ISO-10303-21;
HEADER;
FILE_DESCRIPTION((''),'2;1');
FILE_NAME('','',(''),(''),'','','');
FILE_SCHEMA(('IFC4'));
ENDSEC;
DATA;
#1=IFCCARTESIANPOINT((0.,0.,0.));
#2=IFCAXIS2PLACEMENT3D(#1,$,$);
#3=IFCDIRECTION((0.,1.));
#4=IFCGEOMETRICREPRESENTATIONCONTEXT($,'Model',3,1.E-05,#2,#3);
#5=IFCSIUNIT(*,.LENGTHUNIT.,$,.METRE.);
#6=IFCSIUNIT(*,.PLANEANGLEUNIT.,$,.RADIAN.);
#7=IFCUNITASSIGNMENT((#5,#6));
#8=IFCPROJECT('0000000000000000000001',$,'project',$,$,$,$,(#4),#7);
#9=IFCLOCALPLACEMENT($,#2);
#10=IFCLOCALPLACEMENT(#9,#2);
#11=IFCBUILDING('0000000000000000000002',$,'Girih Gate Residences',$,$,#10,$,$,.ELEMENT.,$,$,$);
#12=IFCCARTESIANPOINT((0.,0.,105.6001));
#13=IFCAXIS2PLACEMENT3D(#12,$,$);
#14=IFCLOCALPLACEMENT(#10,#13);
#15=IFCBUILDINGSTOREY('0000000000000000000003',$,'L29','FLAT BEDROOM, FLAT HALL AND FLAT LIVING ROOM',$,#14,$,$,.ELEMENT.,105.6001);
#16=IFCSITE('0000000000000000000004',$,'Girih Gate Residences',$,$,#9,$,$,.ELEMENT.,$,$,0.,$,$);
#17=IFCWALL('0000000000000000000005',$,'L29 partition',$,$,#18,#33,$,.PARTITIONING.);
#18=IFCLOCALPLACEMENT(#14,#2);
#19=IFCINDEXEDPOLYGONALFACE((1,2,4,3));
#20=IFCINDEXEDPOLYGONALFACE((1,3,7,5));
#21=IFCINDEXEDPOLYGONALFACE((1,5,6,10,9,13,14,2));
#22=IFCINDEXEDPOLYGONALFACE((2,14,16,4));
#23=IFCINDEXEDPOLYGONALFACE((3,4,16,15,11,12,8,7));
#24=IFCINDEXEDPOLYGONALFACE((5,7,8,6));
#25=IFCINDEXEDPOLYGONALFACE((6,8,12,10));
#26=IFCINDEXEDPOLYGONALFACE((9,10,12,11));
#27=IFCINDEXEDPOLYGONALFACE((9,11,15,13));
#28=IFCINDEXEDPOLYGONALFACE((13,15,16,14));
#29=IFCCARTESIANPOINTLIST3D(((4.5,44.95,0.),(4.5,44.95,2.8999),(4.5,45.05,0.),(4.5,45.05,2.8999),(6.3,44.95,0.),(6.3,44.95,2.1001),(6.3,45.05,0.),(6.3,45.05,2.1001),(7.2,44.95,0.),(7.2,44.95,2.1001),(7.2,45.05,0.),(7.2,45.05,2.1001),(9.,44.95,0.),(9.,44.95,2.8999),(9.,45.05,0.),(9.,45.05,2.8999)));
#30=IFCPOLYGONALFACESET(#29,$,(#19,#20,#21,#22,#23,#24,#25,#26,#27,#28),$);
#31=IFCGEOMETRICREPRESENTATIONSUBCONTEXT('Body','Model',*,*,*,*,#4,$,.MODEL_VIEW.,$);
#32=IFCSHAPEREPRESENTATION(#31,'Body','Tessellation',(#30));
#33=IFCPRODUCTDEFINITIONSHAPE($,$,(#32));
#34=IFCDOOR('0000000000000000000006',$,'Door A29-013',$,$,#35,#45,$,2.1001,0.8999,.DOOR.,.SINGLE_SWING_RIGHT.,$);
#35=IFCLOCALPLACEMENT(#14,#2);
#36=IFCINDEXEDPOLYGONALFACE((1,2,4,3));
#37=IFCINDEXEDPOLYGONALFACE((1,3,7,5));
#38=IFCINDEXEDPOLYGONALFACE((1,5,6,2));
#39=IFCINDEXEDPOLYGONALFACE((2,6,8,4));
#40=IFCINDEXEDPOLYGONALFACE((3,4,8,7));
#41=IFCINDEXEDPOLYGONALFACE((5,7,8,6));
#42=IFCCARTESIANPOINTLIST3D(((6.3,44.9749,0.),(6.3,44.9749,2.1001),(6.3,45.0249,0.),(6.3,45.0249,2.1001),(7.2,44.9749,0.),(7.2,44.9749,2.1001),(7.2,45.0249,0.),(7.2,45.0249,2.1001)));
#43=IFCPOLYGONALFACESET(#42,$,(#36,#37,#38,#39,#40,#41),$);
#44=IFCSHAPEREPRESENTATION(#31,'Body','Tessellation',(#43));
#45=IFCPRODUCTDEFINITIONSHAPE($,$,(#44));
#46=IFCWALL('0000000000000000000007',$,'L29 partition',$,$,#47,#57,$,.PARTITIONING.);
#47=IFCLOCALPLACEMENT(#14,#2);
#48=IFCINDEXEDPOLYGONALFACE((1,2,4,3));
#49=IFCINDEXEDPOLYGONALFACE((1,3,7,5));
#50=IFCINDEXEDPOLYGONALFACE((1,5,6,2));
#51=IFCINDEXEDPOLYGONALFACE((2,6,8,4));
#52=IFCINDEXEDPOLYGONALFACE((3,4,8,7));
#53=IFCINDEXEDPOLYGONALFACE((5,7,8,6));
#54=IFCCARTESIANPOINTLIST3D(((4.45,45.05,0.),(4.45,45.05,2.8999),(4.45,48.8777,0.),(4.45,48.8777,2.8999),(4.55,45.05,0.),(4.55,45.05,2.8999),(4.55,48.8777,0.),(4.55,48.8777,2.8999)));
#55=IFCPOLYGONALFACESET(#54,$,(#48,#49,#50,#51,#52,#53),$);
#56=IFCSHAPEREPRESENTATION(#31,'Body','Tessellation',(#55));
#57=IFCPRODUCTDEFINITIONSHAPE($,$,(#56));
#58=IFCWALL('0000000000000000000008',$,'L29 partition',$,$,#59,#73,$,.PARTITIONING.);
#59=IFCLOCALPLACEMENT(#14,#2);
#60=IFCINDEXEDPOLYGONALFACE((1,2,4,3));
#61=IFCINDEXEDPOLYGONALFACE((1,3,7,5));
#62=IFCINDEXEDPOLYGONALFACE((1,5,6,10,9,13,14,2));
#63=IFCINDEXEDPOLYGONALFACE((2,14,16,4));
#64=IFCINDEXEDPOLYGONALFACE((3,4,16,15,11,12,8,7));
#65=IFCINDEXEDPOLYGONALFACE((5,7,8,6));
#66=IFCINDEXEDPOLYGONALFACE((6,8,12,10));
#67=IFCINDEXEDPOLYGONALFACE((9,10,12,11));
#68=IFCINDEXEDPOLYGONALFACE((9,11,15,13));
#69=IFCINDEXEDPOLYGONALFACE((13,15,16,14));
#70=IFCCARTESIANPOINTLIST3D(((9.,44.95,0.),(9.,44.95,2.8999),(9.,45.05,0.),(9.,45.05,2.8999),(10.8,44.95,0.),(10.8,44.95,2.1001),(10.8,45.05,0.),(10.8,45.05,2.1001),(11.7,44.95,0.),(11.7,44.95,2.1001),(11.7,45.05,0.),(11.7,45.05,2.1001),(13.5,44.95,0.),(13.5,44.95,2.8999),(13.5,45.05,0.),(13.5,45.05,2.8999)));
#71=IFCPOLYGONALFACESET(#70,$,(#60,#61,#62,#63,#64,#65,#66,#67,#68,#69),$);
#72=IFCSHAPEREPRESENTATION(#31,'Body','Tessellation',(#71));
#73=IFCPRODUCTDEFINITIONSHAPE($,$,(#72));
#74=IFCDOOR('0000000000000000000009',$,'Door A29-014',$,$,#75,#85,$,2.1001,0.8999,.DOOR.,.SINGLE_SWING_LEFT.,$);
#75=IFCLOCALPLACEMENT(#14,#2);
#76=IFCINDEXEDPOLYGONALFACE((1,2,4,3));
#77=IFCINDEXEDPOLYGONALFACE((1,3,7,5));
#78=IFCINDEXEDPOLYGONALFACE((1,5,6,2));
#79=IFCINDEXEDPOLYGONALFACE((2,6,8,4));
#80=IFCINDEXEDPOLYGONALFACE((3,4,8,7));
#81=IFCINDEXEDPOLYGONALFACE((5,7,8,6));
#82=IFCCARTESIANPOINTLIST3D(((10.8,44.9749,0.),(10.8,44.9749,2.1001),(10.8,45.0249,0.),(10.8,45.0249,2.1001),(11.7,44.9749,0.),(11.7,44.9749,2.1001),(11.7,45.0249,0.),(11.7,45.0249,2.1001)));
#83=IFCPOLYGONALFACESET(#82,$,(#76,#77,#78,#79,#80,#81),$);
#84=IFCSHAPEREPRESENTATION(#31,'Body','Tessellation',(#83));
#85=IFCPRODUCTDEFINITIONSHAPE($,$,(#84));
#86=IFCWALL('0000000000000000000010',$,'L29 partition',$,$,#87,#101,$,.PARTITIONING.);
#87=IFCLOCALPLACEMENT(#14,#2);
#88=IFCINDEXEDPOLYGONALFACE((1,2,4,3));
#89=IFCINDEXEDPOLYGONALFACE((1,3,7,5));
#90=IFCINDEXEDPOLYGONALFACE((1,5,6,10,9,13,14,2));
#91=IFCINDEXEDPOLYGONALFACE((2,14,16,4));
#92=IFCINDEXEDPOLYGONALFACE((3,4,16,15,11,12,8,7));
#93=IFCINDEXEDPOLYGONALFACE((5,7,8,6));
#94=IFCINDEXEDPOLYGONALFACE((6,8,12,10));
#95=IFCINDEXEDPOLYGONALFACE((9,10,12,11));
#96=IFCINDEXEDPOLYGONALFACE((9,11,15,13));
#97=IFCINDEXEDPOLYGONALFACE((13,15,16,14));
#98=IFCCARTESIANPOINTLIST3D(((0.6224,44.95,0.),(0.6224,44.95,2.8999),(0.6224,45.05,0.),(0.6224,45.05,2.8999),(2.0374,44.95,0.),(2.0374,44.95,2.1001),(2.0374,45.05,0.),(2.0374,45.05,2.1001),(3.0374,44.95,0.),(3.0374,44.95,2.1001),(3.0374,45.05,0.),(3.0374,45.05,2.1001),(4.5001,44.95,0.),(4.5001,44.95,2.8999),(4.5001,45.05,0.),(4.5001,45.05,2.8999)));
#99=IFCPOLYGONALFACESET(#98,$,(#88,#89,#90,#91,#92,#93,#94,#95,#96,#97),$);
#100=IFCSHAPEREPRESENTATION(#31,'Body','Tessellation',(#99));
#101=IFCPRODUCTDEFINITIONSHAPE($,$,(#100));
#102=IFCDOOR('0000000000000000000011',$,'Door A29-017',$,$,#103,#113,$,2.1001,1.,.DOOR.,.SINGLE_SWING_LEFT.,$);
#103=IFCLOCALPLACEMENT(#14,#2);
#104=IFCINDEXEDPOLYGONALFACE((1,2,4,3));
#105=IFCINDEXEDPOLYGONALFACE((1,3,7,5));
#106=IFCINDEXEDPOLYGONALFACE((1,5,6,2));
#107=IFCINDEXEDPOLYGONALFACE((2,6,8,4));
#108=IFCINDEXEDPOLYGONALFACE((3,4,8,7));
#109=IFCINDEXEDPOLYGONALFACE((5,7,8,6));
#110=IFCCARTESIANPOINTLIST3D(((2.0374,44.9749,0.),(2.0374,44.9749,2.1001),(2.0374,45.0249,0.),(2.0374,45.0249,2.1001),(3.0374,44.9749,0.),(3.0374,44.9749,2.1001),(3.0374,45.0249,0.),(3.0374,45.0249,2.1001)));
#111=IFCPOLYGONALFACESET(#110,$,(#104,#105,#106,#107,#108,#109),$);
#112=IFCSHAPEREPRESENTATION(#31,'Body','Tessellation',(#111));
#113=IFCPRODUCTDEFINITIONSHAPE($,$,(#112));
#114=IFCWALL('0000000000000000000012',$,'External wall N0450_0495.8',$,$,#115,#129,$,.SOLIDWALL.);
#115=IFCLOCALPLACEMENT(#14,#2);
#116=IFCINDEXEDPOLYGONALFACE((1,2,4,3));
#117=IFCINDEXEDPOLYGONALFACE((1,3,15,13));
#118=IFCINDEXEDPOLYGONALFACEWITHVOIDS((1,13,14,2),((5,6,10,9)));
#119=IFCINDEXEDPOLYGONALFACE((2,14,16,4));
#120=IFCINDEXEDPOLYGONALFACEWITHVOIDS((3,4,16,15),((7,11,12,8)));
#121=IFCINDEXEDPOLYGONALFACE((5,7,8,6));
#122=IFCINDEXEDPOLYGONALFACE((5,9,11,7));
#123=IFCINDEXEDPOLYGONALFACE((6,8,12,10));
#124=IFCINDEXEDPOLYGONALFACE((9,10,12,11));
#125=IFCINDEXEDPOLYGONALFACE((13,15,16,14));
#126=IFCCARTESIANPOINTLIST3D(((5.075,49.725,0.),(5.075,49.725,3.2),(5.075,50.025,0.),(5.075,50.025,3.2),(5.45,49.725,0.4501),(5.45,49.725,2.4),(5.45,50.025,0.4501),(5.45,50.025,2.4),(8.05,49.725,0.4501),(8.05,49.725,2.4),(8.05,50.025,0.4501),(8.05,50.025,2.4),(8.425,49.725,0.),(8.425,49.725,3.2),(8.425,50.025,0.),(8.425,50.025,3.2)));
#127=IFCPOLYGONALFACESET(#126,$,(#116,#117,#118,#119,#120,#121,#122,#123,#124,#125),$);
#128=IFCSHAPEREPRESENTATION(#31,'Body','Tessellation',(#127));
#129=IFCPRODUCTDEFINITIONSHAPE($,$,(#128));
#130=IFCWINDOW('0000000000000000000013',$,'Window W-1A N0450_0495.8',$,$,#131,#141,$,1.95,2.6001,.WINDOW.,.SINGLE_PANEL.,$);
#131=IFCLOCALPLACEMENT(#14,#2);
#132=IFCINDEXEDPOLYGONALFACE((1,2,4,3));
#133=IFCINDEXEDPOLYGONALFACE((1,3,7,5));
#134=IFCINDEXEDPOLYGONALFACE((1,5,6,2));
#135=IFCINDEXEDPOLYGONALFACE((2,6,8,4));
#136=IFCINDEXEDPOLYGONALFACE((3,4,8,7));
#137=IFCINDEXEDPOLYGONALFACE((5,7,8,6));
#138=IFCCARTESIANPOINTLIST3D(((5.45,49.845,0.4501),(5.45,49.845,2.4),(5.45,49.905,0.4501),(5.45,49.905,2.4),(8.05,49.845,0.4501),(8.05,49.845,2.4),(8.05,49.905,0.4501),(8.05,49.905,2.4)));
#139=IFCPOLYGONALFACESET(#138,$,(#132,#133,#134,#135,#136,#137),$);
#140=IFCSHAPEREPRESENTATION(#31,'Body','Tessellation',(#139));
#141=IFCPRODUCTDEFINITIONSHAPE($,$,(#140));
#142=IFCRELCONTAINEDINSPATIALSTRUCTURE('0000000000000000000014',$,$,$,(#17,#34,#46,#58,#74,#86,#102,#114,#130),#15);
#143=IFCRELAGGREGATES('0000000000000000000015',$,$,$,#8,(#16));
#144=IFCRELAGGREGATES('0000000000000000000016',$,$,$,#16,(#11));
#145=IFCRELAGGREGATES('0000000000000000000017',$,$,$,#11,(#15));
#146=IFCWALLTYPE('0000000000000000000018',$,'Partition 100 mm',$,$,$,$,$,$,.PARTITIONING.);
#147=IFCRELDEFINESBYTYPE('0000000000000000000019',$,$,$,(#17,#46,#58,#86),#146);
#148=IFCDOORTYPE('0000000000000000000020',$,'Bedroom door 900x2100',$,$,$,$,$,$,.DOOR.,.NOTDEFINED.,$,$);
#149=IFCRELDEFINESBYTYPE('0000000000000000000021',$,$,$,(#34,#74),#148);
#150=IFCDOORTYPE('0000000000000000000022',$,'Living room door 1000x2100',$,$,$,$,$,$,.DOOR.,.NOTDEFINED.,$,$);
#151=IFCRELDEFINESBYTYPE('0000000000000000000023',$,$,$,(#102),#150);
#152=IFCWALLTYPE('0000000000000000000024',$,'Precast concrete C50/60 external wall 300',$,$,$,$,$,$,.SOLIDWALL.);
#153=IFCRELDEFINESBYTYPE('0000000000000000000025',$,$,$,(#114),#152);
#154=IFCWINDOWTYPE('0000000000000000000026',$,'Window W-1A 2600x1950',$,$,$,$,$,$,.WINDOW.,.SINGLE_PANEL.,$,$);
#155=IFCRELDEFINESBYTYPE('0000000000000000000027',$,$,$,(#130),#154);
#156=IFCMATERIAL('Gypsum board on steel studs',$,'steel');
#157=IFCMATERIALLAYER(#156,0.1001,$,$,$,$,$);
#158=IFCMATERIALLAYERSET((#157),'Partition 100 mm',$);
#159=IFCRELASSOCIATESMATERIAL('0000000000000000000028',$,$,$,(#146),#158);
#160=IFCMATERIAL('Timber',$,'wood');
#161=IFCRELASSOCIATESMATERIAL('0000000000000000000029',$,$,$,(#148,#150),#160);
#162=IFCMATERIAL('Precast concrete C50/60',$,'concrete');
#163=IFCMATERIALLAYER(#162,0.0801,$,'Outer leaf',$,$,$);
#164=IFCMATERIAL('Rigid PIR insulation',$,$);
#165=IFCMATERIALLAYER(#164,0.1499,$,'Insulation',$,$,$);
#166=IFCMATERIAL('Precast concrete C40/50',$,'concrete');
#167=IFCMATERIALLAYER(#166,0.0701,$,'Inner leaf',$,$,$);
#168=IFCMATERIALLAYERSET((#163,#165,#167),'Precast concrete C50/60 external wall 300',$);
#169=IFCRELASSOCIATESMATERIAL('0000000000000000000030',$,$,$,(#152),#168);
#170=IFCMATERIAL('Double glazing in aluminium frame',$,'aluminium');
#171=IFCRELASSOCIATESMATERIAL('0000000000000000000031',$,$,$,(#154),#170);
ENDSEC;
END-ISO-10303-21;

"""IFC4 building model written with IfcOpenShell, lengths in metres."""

from ifc_helpers import new_model, si_unit, direction, frame, frame_2d, origin, place, context, subcontext, project, spatial, rectangle, extrude, material, layer, layer_set, type_object, element, fill, save


model = new_model("IFC4")

# Units and contexts
model_context = context("Model", 3, precision=1e-05, world=origin(), true_north=direction((0.0, 1.0)))
body_context = subcontext(model_context, "Body", "Model", "MODEL_VIEW")
ifc_project = project(units=[si_unit("LENGTHUNIT", "METRE"), si_unit("PLANEANGLEUNIT", "RADIAN")], contexts=[model_context])

# Site, building, storey
site_placement = place(None, origin())
site = spatial("IfcSite", under=ifc_project, at=site_placement, Name="Girih Gate Residences", CompositionType="ELEMENT", RefElevation=0.0)
building_placement = place(site_placement, origin())
building = spatial("IfcBuilding", under=site, at=building_placement, Name="Girih Gate Residences", CompositionType="ELEMENT")
storey_placement = place(building_placement, frame((0.0, 0.0, 105.6001)))
storey = spatial("IfcBuildingStorey", under=building, at=storey_placement, Name="L29", Description="FLAT BEDROOM, FLAT HALL AND FLAT LIVING ROOM", CompositionType="ELEMENT", Elevation=105.6001)

# Shared definitions
ifc_material_1 = material(Name="Gypsum board on steel studs", Category="steel")

# Shared definitions
ifc_layer_1 = layer(ifc_material_1, 0.1001)
ifc_layer_set_1 = layer_set([ifc_layer_1], Name="Partition 100 mm")
wall_type_1 = type_object("IfcWallType", Name="Partition 100 mm", PredefinedType="PARTITIONING", material=ifc_layer_set_1)

# Wall, opening, door
wall_1_placement = place(storey_placement, frame((4.5, 45.0, 0.0), z_axis=(0.0, 0.0, 1.0), x_axis=(1.0, 0.0, 0.0)))
wall_1 = element("IfcWall", 1, at=wall_1_placement, inside=storey, type_object=wall_type_1, Name="L29 partition", PredefinedType="PARTITIONING", context=body_context, shape_type="SweptSolid", body=[
    extrude(rectangle(XDim=4.5, YDim=0.1001, at=frame_2d((2.25, 0.0))), origin(), (0.0, 0.0, 1.0), 2.8999),
])
opening_1_placement = place(wall_1_placement, frame((1.8, 0.0, 0.0)))
opening_1 = element("IfcOpeningElement", 2, at=opening_1_placement, cuts=wall_1, PredefinedType="OPENING", context=body_context, shape_type="SweptSolid", body=[
    extrude(rectangle(XDim=0.8999, YDim=2.1001, at=frame_2d((0.45, 1.05))), frame((0.0, 0.0601, 0.0), z_axis=(0.0, -1.0, 0.0), x_axis=(1.0, 0.0, 0.0)), (0.0, 0.0, 1.0), 0.1201),
])
ifc_material_2 = material(Name="Timber", Category="wood")
door_type_1 = type_object("IfcDoorType", Name="Bedroom door 900x2100", OperationType="NOTDEFINED", PredefinedType="DOOR", material=ifc_material_2)
door_1_placement = place(opening_1_placement, origin())
door_1 = element("IfcDoor", 3, at=door_1_placement, inside=storey, type_object=door_type_1, Name="Door A29-013", OperationType="SINGLE_SWING_RIGHT", OverallHeight=2.1001, OverallWidth=0.8999, PredefinedType="DOOR", context=body_context, shape_type="SweptSolid", body=[
    extrude(rectangle(XDim=0.8999, YDim=2.1001, at=frame_2d((0.45, 1.05))), frame((0.0, 0.0249, 0.0), z_axis=(0.0, -1.0, 0.0), x_axis=(1.0, 0.0, 0.0)), (0.0, 0.0, 1.0), 0.05),
])
fill(opening_1, door_1)

# Wall
wall_2_placement = place(storey_placement, frame((4.5, 45.05, 0.0), z_axis=(0.0, 0.0, 1.0), x_axis=(0.0, 1.0, 0.0)))
element("IfcWall", 4, at=wall_2_placement, inside=storey, type_object=wall_type_1, Name="L29 partition", PredefinedType="PARTITIONING", context=body_context, shape_type="SweptSolid", body=[
    extrude(rectangle(XDim=3.8276, YDim=0.1001, at=frame_2d((1.9138, 0.0))), origin(), (0.0, 0.0, 1.0), 2.8999),
])

# Walls, openings, doors
wall_3_placement = place(storey_placement, frame((9.0, 45.0, 0.0), z_axis=(0.0, 0.0, 1.0), x_axis=(1.0, 0.0, 0.0)))
wall_3 = element("IfcWall", 5, at=wall_3_placement, inside=storey, type_object=wall_type_1, Name="L29 partition", PredefinedType="PARTITIONING", context=body_context, shape_type="SweptSolid", body=[
    extrude(rectangle(XDim=4.5, YDim=0.1001, at=frame_2d((2.25, 0.0))), origin(), (0.0, 0.0, 1.0), 2.8999),
])
opening_2_placement = place(wall_3_placement, frame((1.8, 0.0, 0.0)))
opening_2 = element("IfcOpeningElement", 6, at=opening_2_placement, cuts=wall_3, PredefinedType="OPENING", context=body_context, shape_type="SweptSolid", body=[
    extrude(rectangle(XDim=0.8999, YDim=2.1001, at=frame_2d((0.45, 1.05))), frame((0.0, 0.0601, 0.0), z_axis=(0.0, -1.0, 0.0), x_axis=(1.0, 0.0, 0.0)), (0.0, 0.0, 1.0), 0.1201),
])
door_2_placement = place(opening_2_placement, origin())
door_2 = element("IfcDoor", 7, at=door_2_placement, inside=storey, type_object=door_type_1, Name="Door A29-014", OperationType="SINGLE_SWING_LEFT", OverallHeight=2.1001, OverallWidth=0.8999, PredefinedType="DOOR", context=body_context, shape_type="SweptSolid", body=[
    extrude(rectangle(XDim=0.8999, YDim=2.1001, at=frame_2d((0.45, 1.05))), frame((0.0, 0.0249, 0.0), z_axis=(0.0, -1.0, 0.0), x_axis=(1.0, 0.0, 0.0)), (0.0, 0.0, 1.0), 0.05),
])
fill(opening_2, door_2)
wall_4_placement = place(storey_placement, frame((0.6223, 45.0, 0.0), z_axis=(0.0, 0.0, 1.0), x_axis=(1.0, 0.0, 0.0)))
wall_4 = element("IfcWall", 8, at=wall_4_placement, inside=storey, type_object=wall_type_1, Name="L29 partition", PredefinedType="PARTITIONING", context=body_context, shape_type="SweptSolid", body=[
    extrude(rectangle(XDim=3.8777, YDim=0.1001, at=frame_2d((1.939, 0.0))), origin(), (0.0, 0.0, 1.0), 2.8999),
])
opening_3_placement = place(wall_4_placement, frame((1.415, 0.0, 0.0)))
opening_3 = element("IfcOpeningElement", 9, at=opening_3_placement, cuts=wall_4, PredefinedType="OPENING", context=body_context, shape_type="SweptSolid", body=[
    extrude(rectangle(XDim=1.0, YDim=2.1001, at=frame_2d((0.5, 1.05))), frame((0.0, 0.0601, 0.0), z_axis=(0.0, -1.0, 0.0), x_axis=(1.0, 0.0, 0.0)), (0.0, 0.0, 1.0), 0.1201),
])
door_type_2 = type_object("IfcDoorType", Name="Living room door 1000x2100", OperationType="NOTDEFINED", PredefinedType="DOOR", material=ifc_material_2)
door_3_placement = place(opening_3_placement, origin())
door_3 = element("IfcDoor", 10, at=door_3_placement, inside=storey, type_object=door_type_2, Name="Door A29-017", OperationType="SINGLE_SWING_LEFT", OverallHeight=2.1001, OverallWidth=1.0, PredefinedType="DOOR", context=body_context, shape_type="SweptSolid", body=[
    extrude(rectangle(XDim=1.0, YDim=2.1001, at=frame_2d((0.5, 1.05))), frame((0.0, 0.0249, 0.0), z_axis=(0.0, -1.0, 0.0), x_axis=(1.0, 0.0, 0.0)), (0.0, 0.0, 1.0), 0.05),
])
fill(opening_3, door_3)

# Wall, opening, window
ifc_material_3 = material(Name="Precast concrete C50/60", Category="concrete")
ifc_layer_2 = layer(ifc_material_3, 0.0801, Name="Outer leaf")
ifc_material_4 = material(Name="Rigid PIR insulation")
ifc_layer_3 = layer(ifc_material_4, 0.1499, Name="Insulation")
ifc_material_5 = material(Name="Precast concrete C40/50", Category="concrete")
ifc_layer_4 = layer(ifc_material_5, 0.0701, Name="Inner leaf")
ifc_layer_set_2 = layer_set([ifc_layer_2, ifc_layer_3, ifc_layer_4], Name="Precast concrete C50/60 external wall 300")
wall_type_2 = type_object("IfcWallType", Name="Precast concrete C50/60 external wall 300", PredefinedType="SOLIDWALL", material=ifc_layer_set_2)
wall_5_placement = place(storey_placement, frame((5.075, 49.875, 0.0), z_axis=(0.0, 0.0, 1.0), x_axis=(1.0, 0.0, 0.0)))
wall_5 = element("IfcWall", 11, at=wall_5_placement, inside=storey, type_object=wall_type_2, Name="External wall N0450_0495.8", PredefinedType="SOLIDWALL", context=body_context, shape_type="SweptSolid", body=[
    extrude(rectangle(XDim=3.3501, YDim=0.3, at=frame_2d((1.675, 0.0))), origin(), (0.0, 0.0, 1.0), 3.2),
])
opening_4_placement = place(wall_5_placement, frame((0.375, 0.0, 0.45)))
opening_4 = element("IfcOpeningElement", 12, at=opening_4_placement, cuts=wall_5, PredefinedType="OPENING", context=body_context, shape_type="SweptSolid", body=[
    extrude(rectangle(XDim=2.6001, YDim=1.95, at=frame_2d((1.3, 0.9751))), frame((0.0, 0.1599, 0.0), z_axis=(0.0, -1.0, 0.0), x_axis=(1.0, 0.0, 0.0)), (0.0, 0.0, 1.0), 0.3201),
])
ifc_material_6 = material(Name="Double glazing in aluminium frame", Category="aluminium")
window_type_1 = type_object("IfcWindowType", Name="Window W-1A 2600x1950", PartitioningType="SINGLE_PANEL", PredefinedType="WINDOW", material=ifc_material_6)
window_1_placement = place(opening_4_placement, origin())
window_1 = element("IfcWindow", 13, at=window_1_placement, inside=storey, type_object=window_type_1, Name="Window W-1A N0450_0495.8", OverallHeight=1.95, OverallWidth=2.6001, PartitioningType="SINGLE_PANEL", PredefinedType="WINDOW", context=body_context, shape_type="SweptSolid", body=[
    extrude(rectangle(XDim=2.6001, YDim=1.95, at=frame_2d((1.3, 0.9751))), frame((0.0, 0.03, 0.0), z_axis=(0.0, -1.0, 0.0), x_axis=(1.0, 0.0, 0.0)), (0.0, 0.0, 1.0), 0.0601),
])
fill(opening_4, window_1)

save(model, "model.ifc")
